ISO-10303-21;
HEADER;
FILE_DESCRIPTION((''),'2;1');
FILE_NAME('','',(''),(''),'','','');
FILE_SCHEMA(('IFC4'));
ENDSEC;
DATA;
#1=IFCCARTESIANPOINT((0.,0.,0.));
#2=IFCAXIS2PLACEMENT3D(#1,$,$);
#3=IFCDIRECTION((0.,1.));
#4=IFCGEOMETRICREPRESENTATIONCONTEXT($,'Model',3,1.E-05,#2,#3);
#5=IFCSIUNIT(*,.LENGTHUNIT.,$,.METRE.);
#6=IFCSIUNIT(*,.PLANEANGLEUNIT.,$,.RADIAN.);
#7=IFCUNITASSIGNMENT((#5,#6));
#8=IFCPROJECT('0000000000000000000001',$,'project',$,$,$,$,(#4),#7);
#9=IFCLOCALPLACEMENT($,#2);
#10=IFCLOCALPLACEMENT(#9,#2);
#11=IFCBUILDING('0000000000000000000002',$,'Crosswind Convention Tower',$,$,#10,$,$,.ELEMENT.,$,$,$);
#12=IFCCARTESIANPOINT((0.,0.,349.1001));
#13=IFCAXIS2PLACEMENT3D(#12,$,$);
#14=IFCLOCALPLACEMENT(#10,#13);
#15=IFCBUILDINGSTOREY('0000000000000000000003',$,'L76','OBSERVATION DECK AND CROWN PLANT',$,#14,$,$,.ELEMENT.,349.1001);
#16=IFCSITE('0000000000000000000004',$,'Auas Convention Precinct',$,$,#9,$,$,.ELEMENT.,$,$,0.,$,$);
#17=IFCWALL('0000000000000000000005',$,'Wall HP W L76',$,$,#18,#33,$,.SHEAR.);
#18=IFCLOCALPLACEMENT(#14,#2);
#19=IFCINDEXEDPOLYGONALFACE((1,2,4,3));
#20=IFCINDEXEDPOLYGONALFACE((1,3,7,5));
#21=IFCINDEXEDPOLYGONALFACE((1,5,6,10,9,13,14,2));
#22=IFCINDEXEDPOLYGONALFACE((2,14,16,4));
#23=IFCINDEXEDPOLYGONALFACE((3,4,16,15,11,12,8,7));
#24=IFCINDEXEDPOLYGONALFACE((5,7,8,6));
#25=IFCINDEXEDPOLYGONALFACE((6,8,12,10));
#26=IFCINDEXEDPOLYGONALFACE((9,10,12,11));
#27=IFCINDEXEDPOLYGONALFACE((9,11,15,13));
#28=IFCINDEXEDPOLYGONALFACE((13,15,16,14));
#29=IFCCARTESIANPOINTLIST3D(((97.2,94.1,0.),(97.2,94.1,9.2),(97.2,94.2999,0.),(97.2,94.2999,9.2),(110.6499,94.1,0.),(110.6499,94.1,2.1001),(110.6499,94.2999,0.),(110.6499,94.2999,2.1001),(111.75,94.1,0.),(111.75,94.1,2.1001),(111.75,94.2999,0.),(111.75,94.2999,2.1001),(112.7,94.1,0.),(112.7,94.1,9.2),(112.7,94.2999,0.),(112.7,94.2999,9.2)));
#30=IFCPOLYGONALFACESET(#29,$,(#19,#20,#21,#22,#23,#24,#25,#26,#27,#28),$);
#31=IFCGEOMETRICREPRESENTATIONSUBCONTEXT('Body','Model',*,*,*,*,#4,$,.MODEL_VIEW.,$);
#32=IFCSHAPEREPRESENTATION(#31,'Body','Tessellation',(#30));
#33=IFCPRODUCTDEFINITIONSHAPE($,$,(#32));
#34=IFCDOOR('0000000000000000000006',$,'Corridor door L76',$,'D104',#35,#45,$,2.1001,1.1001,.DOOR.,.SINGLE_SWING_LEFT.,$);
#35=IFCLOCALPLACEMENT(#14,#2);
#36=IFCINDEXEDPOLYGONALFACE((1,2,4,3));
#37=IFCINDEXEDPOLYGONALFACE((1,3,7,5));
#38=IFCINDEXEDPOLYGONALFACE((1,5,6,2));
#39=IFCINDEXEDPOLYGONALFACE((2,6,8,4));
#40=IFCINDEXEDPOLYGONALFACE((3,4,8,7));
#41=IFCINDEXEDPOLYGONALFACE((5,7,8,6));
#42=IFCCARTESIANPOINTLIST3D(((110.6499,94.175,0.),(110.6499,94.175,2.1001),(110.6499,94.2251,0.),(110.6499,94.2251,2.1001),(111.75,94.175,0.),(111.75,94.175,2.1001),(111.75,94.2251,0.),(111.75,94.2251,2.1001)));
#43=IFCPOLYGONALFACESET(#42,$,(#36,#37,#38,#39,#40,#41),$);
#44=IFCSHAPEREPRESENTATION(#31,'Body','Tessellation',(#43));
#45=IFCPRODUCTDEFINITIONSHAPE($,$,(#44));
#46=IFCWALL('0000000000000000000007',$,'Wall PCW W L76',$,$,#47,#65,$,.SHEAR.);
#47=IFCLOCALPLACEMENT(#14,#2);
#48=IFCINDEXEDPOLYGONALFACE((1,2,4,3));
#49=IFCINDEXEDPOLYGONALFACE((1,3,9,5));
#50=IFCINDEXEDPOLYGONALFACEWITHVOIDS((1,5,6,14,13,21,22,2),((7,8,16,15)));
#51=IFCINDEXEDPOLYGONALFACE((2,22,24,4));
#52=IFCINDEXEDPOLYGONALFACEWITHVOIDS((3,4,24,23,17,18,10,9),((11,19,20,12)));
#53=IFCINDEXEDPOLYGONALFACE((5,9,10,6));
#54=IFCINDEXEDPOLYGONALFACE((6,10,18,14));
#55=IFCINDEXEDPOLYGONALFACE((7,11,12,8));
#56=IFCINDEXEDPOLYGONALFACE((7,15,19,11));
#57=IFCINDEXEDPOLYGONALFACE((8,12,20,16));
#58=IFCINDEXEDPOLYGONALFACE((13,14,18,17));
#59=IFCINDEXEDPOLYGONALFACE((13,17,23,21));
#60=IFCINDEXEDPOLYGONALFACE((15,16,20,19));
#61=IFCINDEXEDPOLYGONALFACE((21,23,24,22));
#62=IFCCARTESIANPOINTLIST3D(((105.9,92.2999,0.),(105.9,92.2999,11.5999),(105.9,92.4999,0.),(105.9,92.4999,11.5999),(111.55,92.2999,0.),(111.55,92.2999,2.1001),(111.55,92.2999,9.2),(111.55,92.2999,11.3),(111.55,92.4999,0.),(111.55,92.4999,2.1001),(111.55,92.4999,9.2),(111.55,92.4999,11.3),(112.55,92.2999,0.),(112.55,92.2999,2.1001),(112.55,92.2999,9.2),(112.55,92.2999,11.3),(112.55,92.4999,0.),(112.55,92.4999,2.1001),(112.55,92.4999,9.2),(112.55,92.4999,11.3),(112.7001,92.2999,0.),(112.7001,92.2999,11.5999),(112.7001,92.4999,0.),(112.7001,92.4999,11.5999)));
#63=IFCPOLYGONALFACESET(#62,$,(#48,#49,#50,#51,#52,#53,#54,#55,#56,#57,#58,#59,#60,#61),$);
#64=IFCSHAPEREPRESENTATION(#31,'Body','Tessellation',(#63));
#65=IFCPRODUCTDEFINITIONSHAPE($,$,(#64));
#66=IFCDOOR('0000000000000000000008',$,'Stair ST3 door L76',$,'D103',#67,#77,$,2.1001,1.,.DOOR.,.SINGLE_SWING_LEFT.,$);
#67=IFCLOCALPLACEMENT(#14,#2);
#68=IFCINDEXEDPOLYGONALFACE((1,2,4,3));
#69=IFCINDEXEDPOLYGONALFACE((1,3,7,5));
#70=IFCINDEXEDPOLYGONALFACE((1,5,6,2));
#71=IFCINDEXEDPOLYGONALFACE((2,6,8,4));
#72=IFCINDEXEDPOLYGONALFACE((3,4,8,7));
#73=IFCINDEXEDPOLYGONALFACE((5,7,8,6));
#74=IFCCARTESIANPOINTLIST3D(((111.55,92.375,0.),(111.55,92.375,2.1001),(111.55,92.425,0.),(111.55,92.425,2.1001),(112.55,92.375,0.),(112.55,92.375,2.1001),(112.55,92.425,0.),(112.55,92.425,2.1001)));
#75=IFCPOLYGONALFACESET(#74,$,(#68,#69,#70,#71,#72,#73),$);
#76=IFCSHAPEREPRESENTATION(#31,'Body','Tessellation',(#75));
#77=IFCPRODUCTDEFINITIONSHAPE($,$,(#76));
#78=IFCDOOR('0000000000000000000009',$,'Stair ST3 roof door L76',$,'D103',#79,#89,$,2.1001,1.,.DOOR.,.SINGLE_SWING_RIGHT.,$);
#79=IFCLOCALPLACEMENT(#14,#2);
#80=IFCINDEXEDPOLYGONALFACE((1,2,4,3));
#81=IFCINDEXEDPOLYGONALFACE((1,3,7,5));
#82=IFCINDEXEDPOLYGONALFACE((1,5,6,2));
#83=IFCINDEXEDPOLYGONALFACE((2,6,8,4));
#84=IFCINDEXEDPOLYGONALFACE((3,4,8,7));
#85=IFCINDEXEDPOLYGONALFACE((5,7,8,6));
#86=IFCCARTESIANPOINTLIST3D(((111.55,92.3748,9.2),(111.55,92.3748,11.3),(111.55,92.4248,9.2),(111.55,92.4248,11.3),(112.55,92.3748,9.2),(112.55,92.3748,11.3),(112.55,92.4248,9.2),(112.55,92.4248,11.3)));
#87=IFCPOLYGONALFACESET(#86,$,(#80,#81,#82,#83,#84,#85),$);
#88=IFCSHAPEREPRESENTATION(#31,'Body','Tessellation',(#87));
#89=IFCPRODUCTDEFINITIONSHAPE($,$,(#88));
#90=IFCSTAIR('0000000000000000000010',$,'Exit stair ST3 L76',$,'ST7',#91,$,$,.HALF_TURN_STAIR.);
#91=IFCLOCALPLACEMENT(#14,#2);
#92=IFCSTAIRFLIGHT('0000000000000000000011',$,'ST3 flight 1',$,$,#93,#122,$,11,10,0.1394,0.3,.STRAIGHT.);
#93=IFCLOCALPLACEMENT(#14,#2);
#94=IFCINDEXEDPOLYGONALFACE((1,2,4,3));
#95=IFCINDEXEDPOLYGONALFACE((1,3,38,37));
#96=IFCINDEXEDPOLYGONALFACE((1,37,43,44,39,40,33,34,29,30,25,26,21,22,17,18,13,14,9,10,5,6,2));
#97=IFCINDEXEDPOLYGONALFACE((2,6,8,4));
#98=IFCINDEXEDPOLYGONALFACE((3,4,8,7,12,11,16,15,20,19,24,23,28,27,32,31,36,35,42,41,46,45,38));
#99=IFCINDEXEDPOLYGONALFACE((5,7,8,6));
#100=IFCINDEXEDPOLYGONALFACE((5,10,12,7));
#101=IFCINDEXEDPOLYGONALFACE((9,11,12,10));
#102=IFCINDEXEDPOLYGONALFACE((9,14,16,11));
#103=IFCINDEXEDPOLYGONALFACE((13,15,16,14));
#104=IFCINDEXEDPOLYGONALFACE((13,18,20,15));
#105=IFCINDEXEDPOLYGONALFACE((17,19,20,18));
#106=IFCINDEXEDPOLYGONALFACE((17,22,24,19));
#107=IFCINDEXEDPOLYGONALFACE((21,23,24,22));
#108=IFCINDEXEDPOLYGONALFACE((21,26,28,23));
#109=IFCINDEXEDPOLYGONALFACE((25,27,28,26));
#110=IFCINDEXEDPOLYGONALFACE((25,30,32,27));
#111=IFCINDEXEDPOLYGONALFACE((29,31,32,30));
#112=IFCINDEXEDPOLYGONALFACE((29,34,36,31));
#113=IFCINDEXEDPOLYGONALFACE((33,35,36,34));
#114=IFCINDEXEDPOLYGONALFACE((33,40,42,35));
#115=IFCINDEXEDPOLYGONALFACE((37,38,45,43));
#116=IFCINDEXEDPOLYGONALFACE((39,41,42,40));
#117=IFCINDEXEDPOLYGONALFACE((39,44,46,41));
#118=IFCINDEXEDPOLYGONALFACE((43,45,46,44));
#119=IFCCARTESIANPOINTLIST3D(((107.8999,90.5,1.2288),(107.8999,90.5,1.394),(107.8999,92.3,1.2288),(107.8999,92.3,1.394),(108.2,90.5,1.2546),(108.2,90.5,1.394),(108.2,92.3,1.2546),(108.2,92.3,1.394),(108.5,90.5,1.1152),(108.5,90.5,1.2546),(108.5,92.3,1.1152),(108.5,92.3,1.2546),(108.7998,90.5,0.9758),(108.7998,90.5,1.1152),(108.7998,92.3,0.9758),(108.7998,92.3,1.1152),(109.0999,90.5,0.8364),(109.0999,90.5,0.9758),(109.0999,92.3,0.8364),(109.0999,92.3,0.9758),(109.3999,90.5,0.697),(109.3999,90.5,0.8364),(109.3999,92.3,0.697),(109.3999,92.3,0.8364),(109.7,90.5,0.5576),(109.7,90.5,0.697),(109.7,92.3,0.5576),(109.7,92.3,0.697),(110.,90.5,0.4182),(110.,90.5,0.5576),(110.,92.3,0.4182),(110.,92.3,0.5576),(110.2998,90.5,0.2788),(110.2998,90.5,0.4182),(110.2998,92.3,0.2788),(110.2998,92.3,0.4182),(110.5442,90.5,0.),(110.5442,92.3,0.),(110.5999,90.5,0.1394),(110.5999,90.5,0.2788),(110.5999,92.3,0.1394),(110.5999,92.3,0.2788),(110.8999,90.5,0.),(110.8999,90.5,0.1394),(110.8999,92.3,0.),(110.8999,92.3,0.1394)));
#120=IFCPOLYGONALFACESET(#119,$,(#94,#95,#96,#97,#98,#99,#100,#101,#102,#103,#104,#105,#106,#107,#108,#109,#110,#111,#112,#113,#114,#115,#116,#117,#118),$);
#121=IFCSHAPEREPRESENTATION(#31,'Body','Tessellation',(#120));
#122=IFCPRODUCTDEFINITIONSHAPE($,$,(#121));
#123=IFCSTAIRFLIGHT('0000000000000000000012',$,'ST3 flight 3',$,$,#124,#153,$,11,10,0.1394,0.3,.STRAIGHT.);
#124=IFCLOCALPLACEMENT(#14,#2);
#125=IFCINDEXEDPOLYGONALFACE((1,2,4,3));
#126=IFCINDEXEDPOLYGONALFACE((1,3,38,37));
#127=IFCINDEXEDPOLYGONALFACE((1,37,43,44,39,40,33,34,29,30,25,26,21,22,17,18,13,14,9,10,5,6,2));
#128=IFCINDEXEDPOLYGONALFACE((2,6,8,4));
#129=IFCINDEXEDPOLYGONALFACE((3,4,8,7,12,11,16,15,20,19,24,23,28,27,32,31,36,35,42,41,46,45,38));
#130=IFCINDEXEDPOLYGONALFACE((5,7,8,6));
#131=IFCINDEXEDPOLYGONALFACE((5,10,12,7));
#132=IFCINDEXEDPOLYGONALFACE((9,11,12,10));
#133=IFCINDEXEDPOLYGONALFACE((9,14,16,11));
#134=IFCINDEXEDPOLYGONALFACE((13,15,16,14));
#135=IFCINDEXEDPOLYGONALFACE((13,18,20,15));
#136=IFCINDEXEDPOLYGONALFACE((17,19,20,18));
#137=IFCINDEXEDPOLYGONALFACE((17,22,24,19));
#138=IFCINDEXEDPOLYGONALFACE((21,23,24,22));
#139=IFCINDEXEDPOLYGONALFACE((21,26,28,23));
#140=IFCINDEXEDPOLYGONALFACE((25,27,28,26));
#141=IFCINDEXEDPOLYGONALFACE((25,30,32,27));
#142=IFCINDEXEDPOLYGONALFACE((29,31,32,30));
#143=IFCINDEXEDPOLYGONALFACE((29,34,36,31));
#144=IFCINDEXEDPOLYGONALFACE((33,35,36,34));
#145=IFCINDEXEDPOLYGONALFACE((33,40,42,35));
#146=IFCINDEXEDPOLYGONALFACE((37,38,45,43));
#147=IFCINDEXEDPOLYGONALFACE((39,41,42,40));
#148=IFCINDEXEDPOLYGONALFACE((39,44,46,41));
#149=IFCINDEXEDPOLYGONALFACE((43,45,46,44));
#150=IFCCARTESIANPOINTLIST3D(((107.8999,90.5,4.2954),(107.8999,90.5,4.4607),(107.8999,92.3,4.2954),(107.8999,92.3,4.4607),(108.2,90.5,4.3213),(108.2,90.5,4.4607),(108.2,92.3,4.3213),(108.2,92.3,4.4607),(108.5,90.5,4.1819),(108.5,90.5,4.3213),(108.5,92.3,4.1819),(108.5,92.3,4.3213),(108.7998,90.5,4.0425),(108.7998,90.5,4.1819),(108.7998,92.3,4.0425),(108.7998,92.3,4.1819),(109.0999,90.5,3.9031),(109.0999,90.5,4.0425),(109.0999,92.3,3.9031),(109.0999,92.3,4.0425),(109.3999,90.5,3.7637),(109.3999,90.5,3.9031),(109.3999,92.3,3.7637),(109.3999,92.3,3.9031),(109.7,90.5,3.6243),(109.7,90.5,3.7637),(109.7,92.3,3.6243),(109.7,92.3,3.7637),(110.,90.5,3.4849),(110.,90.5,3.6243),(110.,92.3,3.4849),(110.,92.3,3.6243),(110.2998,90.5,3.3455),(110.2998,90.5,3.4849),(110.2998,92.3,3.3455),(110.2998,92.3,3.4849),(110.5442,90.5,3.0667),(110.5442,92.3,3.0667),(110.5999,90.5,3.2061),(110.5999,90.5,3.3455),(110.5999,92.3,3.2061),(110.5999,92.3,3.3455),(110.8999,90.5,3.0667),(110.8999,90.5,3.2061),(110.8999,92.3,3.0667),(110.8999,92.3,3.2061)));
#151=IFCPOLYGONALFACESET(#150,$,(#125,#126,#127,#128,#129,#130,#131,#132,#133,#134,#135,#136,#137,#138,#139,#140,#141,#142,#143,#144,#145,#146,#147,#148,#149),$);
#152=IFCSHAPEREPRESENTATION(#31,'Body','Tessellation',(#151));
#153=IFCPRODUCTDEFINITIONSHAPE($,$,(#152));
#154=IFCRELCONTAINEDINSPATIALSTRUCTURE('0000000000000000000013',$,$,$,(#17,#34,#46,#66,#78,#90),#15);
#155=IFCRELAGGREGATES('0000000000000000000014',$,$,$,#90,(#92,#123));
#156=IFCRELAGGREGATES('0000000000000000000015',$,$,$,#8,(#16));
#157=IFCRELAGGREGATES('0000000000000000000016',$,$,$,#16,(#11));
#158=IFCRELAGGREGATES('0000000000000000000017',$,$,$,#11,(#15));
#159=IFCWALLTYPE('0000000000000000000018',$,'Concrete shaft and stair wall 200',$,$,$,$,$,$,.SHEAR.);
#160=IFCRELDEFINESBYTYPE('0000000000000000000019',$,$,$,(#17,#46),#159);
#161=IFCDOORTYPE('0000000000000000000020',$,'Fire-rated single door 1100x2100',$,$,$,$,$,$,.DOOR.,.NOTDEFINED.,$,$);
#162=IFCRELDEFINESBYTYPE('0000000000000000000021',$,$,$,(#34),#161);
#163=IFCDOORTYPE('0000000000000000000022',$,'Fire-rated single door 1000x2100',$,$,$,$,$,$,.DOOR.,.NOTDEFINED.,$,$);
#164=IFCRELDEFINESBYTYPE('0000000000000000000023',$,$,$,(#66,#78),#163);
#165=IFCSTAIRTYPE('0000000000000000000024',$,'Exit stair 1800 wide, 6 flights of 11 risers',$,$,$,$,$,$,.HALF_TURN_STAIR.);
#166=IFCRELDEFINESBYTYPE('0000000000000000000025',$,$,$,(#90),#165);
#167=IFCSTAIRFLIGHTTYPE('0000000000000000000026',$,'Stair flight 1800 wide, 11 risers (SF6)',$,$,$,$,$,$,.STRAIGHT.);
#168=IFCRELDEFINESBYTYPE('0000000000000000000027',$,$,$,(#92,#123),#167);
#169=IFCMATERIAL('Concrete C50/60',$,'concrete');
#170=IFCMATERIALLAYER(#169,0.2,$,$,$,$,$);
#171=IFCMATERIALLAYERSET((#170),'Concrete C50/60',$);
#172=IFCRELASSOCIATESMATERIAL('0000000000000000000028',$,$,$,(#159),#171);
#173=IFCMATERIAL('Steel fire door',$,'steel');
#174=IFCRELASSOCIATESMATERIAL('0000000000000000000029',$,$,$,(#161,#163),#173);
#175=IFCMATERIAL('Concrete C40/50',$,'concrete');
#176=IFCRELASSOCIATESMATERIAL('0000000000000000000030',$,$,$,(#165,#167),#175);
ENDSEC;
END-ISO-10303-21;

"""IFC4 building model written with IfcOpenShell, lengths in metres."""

from ifc_helpers import new_model, si_unit, direction, frame, frame_2d, origin, place, context, subcontext, project, spatial, polyline, rectangle, outline, extrude, material, layer, layer_set, type_object, element, fill, aggregate, save


model = new_model("IFC4")

# Units and contexts
model_context = context("Model", 3, precision=1e-05, world=origin(), true_north=direction((0.0, 1.0)))
body_context = subcontext(model_context, "Body", "Model", "MODEL_VIEW")
ifc_project = project(units=[si_unit("LENGTHUNIT", "METRE"), si_unit("PLANEANGLEUNIT", "RADIAN")], contexts=[model_context])

# Site, building, storey
site_placement = place(None, origin())
site = spatial("IfcSite", under=ifc_project, at=site_placement, Name="Auas Convention Precinct", CompositionType="ELEMENT", RefElevation=0.0)
building_placement = place(site_placement, origin())
building = spatial("IfcBuilding", under=site, at=building_placement, Name="Crosswind Convention Tower", CompositionType="ELEMENT")
storey_placement = place(building_placement, frame((0.0, 0.0, 349.1001)))
storey = spatial("IfcBuildingStorey", under=building, at=storey_placement, Name="L76", Description="OBSERVATION DECK AND CROWN PLANT", CompositionType="ELEMENT", Elevation=349.1001)

# Shared definitions
ifc_material_1 = material(Name="Concrete C50/60", Category="concrete")

# Wall, opening, door
ifc_layer_1 = layer(ifc_material_1, 0.2)
ifc_layer_set_1 = layer_set([ifc_layer_1], Name="Concrete C50/60")
wall_type_1 = type_object("IfcWallType", Name="Concrete shaft and stair wall 200", PredefinedType="SHEAR", material=ifc_layer_set_1)
wall_1_placement = place(storey_placement, frame((112.7, 94.2, 0.0), z_axis=(0.0, 0.0, 1.0), x_axis=(-1.0, 0.0, 0.0)))
wall_1 = element("IfcWall", 1, at=wall_1_placement, inside=storey, type_object=wall_type_1, Name="Wall HP W L76", PredefinedType="SHEAR", context=body_context, shape_type="SweptSolid", body=[
    extrude(rectangle(XDim=15.5, YDim=0.2, at=frame_2d((7.75, 0.0))), origin(), (0.0, 0.0, 1.0), 9.2),
])
opening_1_placement = place(wall_1_placement, frame((0.95, 0.0, 0.0)))
opening_1 = element("IfcOpeningElement", 2, at=opening_1_placement, cuts=wall_1, PredefinedType="OPENING", context=body_context, shape_type="SweptSolid", body=[
    extrude(rectangle(XDim=1.1001, YDim=2.1001, at=frame_2d((0.55, 1.05))), frame((0.0, 0.1099, 0.0), z_axis=(0.0, -1.0, 0.0), x_axis=(1.0, 0.0, 0.0)), (0.0, 0.0, 1.0), 0.22),
])
ifc_material_2 = material(Name="Steel fire door", Category="steel")
door_type_1 = type_object("IfcDoorType", Name="Fire-rated single door 1100x2100", OperationType="NOTDEFINED", PredefinedType="DOOR", material=ifc_material_2)
door_1_placement = place(opening_1_placement, origin())
door_1 = element("IfcDoor", 3, at=door_1_placement, inside=storey, type_object=door_type_1, Name="Corridor door L76", ObjectType="D104", OperationType="SINGLE_SWING_LEFT", OverallHeight=2.1001, OverallWidth=1.1001, PredefinedType="DOOR", context=body_context, shape_type="SweptSolid", body=[
    extrude(rectangle(XDim=1.1001, YDim=2.1001, at=frame_2d((0.55, 1.05))), frame((0.0, 0.0249, 0.0), z_axis=(0.0, -1.0, 0.0), x_axis=(1.0, 0.0, 0.0)), (0.0, 0.0, 1.0), 0.05),
])
fill(opening_1, door_1)

# Wall, openings, doors
wall_2_placement = place(storey_placement, frame((112.7, 92.3999, 0.0), z_axis=(0.0, 0.0, 1.0), x_axis=(-1.0, 0.0, 0.0)))
wall_2 = element("IfcWall", 4, at=wall_2_placement, inside=storey, type_object=wall_type_1, Name="Wall PCW W L76", PredefinedType="SHEAR", context=body_context, shape_type="SweptSolid", body=[
    extrude(rectangle(XDim=6.8, YDim=0.2, at=frame_2d((3.3999, 0.0))), origin(), (0.0, 0.0, 1.0), 11.5999),
])
opening_2_placement = place(wall_2_placement, frame((0.1499, 0.0, 0.0)))
opening_2 = element("IfcOpeningElement", 5, at=opening_2_placement, cuts=wall_2, PredefinedType="OPENING", context=body_context, shape_type="SweptSolid", body=[
    extrude(rectangle(XDim=1.0, YDim=2.1001, at=frame_2d((0.5, 1.05))), frame((0.0, 0.1099, 0.0), z_axis=(0.0, -1.0, 0.0), x_axis=(1.0, 0.0, 0.0)), (0.0, 0.0, 1.0), 0.22),
])
opening_3_placement = place(wall_2_placement, frame((0.1499, 0.0, 9.2)))
opening_3 = element("IfcOpeningElement", 6, at=opening_3_placement, cuts=wall_2, PredefinedType="OPENING", context=body_context, shape_type="SweptSolid", body=[
    extrude(rectangle(XDim=1.0, YDim=2.1001, at=frame_2d((0.5, 1.05))), frame((0.0, 0.1099, 0.0), z_axis=(0.0, -1.0, 0.0), x_axis=(1.0, 0.0, 0.0)), (0.0, 0.0, 1.0), 0.22),
])
door_type_2 = type_object("IfcDoorType", Name="Fire-rated single door 1000x2100", OperationType="NOTDEFINED", PredefinedType="DOOR", material=ifc_material_2)
door_2_placement = place(opening_2_placement, origin())
door_2 = element("IfcDoor", 7, at=door_2_placement, inside=storey, type_object=door_type_2, Name="Stair ST3 door L76", ObjectType="D103", OperationType="SINGLE_SWING_LEFT", OverallHeight=2.1001, OverallWidth=1.0, PredefinedType="DOOR", context=body_context, shape_type="SweptSolid", body=[
    extrude(rectangle(XDim=1.0, YDim=2.1001, at=frame_2d((0.5, 1.05))), frame((0.0, 0.0249, 0.0), z_axis=(0.0, -1.0, 0.0), x_axis=(1.0, 0.0, 0.0)), (0.0, 0.0, 1.0), 0.05),
])
fill(opening_2, door_2)
door_3_placement = place(opening_3_placement, frame((1.0, 0.0, 0.0), z_axis=(0.0, 0.0, 1.0), x_axis=(-1.0, 0.0, 0.0)))
door_3 = element("IfcDoor", 8, at=door_3_placement, inside=storey, type_object=door_type_2, Name="Stair ST3 roof door L76", ObjectType="D103", OperationType="SINGLE_SWING_RIGHT", OverallHeight=2.1001, OverallWidth=1.0, PredefinedType="DOOR", context=body_context, shape_type="SweptSolid", body=[
    extrude(rectangle(XDim=1.0, YDim=2.1001, at=frame_2d((0.5, 1.05))), frame((0.0, 0.0249, 0.0), z_axis=(0.0, -1.0, 0.0), x_axis=(1.0, 0.0, 0.0)), (0.0, 0.0, 1.0), 0.05),
])
fill(opening_3, door_3)

# Stair, stair flights
ifc_material_3 = material(Name="Concrete C40/50", Category="concrete")
stair_type = type_object("IfcStairType", Name="Exit stair 1800 wide, 6 flights of 11 risers", PredefinedType="HALF_TURN_STAIR", material=ifc_material_3)
stair_placement = place(storey_placement, origin())
stair = element("IfcStair", 9, at=stair_placement, inside=storey, type_object=stair_type, Name="Exit stair ST3 L76", ObjectType="ST7", PredefinedType="HALF_TURN_STAIR")
stair_flight_type = type_object("IfcStairFlightType", Name="Stair flight 1800 wide, 11 risers (SF6)", PredefinedType="STRAIGHT", material=ifc_material_3)
stair_flight_1_placement = place(storey_placement, frame((110.8999, 91.3999, 0.0), z_axis=(0.0, 0.0, 1.0), x_axis=(-1.0, 0.0, 0.0)))
stair_flight_1 = element("IfcStairFlight", 10, at=stair_flight_1_placement, type_object=stair_flight_type, Name="ST3 flight 1", NumberOfRisers=11, NumberOfTreads=10, PredefinedType="STRAIGHT", RiserHeight=0.1394, TreadLength=0.3, context=body_context, shape_type="SweptSolid", body=[
    extrude(outline(polyline([(0.0, 0.0), (0.0, 0.1394), (0.3, 0.1394), (0.3, 0.2788), (0.6001, 0.2788), (0.6001, 0.4182), (0.8999, 0.4182), (0.8999, 0.5576), (1.2, 0.5576), (1.2, 0.697), (1.5, 0.697), (1.5, 0.8364), (1.8, 0.8364), (1.8, 0.9758), (2.1001, 0.9758), (2.1001, 1.1152), (2.3999, 1.1152), (2.3999, 1.2546), (2.7, 1.2546), (2.7, 1.394), (3.0, 1.394), (3.0, 1.5334), (3.0, 1.2288), (0.3557, 0.0), (0.0, 0.0)])), frame((0.0, 0.8999, 0.0), z_axis=(0.0, -1.0, 0.0), x_axis=(1.0, 0.0, 0.0)), (0.0, 0.0, 1.0), 1.8),
])
stair_flight_2_placement = place(storey_placement, frame((110.8999, 91.3999, 3.0667), z_axis=(0.0, 0.0, 1.0), x_axis=(-1.0, 0.0, 0.0)))
stair_flight_2 = element("IfcStairFlight", 11, at=stair_flight_2_placement, type_object=stair_flight_type, Name="ST3 flight 3", NumberOfRisers=11, NumberOfTreads=10, PredefinedType="STRAIGHT", RiserHeight=0.1394, TreadLength=0.3, context=body_context, shape_type="SweptSolid", body=[
    extrude(outline(polyline([(0.0, 0.0), (0.0, 0.1394), (0.3, 0.1394), (0.3, 0.2788), (0.6001, 0.2788), (0.6001, 0.4182), (0.8999, 0.4182), (0.8999, 0.5576), (1.2, 0.5576), (1.2, 0.697), (1.5, 0.697), (1.5, 0.8364), (1.8, 0.8364), (1.8, 0.9758), (2.1001, 0.9758), (2.1001, 1.1152), (2.3999, 1.1152), (2.3999, 1.2546), (2.7, 1.2546), (2.7, 1.394), (3.0, 1.394), (3.0, 1.5334), (3.0, 1.2288), (0.3557, 0.0), (0.0, 0.0)])), frame((0.0, 0.8999, 0.0), z_axis=(0.0, -1.0, 0.0), x_axis=(1.0, 0.0, 0.0)), (0.0, 0.0, 1.0), 1.8),
])
aggregate(stair, [stair_flight_1, stair_flight_2])

save(model, "model.ifc")
